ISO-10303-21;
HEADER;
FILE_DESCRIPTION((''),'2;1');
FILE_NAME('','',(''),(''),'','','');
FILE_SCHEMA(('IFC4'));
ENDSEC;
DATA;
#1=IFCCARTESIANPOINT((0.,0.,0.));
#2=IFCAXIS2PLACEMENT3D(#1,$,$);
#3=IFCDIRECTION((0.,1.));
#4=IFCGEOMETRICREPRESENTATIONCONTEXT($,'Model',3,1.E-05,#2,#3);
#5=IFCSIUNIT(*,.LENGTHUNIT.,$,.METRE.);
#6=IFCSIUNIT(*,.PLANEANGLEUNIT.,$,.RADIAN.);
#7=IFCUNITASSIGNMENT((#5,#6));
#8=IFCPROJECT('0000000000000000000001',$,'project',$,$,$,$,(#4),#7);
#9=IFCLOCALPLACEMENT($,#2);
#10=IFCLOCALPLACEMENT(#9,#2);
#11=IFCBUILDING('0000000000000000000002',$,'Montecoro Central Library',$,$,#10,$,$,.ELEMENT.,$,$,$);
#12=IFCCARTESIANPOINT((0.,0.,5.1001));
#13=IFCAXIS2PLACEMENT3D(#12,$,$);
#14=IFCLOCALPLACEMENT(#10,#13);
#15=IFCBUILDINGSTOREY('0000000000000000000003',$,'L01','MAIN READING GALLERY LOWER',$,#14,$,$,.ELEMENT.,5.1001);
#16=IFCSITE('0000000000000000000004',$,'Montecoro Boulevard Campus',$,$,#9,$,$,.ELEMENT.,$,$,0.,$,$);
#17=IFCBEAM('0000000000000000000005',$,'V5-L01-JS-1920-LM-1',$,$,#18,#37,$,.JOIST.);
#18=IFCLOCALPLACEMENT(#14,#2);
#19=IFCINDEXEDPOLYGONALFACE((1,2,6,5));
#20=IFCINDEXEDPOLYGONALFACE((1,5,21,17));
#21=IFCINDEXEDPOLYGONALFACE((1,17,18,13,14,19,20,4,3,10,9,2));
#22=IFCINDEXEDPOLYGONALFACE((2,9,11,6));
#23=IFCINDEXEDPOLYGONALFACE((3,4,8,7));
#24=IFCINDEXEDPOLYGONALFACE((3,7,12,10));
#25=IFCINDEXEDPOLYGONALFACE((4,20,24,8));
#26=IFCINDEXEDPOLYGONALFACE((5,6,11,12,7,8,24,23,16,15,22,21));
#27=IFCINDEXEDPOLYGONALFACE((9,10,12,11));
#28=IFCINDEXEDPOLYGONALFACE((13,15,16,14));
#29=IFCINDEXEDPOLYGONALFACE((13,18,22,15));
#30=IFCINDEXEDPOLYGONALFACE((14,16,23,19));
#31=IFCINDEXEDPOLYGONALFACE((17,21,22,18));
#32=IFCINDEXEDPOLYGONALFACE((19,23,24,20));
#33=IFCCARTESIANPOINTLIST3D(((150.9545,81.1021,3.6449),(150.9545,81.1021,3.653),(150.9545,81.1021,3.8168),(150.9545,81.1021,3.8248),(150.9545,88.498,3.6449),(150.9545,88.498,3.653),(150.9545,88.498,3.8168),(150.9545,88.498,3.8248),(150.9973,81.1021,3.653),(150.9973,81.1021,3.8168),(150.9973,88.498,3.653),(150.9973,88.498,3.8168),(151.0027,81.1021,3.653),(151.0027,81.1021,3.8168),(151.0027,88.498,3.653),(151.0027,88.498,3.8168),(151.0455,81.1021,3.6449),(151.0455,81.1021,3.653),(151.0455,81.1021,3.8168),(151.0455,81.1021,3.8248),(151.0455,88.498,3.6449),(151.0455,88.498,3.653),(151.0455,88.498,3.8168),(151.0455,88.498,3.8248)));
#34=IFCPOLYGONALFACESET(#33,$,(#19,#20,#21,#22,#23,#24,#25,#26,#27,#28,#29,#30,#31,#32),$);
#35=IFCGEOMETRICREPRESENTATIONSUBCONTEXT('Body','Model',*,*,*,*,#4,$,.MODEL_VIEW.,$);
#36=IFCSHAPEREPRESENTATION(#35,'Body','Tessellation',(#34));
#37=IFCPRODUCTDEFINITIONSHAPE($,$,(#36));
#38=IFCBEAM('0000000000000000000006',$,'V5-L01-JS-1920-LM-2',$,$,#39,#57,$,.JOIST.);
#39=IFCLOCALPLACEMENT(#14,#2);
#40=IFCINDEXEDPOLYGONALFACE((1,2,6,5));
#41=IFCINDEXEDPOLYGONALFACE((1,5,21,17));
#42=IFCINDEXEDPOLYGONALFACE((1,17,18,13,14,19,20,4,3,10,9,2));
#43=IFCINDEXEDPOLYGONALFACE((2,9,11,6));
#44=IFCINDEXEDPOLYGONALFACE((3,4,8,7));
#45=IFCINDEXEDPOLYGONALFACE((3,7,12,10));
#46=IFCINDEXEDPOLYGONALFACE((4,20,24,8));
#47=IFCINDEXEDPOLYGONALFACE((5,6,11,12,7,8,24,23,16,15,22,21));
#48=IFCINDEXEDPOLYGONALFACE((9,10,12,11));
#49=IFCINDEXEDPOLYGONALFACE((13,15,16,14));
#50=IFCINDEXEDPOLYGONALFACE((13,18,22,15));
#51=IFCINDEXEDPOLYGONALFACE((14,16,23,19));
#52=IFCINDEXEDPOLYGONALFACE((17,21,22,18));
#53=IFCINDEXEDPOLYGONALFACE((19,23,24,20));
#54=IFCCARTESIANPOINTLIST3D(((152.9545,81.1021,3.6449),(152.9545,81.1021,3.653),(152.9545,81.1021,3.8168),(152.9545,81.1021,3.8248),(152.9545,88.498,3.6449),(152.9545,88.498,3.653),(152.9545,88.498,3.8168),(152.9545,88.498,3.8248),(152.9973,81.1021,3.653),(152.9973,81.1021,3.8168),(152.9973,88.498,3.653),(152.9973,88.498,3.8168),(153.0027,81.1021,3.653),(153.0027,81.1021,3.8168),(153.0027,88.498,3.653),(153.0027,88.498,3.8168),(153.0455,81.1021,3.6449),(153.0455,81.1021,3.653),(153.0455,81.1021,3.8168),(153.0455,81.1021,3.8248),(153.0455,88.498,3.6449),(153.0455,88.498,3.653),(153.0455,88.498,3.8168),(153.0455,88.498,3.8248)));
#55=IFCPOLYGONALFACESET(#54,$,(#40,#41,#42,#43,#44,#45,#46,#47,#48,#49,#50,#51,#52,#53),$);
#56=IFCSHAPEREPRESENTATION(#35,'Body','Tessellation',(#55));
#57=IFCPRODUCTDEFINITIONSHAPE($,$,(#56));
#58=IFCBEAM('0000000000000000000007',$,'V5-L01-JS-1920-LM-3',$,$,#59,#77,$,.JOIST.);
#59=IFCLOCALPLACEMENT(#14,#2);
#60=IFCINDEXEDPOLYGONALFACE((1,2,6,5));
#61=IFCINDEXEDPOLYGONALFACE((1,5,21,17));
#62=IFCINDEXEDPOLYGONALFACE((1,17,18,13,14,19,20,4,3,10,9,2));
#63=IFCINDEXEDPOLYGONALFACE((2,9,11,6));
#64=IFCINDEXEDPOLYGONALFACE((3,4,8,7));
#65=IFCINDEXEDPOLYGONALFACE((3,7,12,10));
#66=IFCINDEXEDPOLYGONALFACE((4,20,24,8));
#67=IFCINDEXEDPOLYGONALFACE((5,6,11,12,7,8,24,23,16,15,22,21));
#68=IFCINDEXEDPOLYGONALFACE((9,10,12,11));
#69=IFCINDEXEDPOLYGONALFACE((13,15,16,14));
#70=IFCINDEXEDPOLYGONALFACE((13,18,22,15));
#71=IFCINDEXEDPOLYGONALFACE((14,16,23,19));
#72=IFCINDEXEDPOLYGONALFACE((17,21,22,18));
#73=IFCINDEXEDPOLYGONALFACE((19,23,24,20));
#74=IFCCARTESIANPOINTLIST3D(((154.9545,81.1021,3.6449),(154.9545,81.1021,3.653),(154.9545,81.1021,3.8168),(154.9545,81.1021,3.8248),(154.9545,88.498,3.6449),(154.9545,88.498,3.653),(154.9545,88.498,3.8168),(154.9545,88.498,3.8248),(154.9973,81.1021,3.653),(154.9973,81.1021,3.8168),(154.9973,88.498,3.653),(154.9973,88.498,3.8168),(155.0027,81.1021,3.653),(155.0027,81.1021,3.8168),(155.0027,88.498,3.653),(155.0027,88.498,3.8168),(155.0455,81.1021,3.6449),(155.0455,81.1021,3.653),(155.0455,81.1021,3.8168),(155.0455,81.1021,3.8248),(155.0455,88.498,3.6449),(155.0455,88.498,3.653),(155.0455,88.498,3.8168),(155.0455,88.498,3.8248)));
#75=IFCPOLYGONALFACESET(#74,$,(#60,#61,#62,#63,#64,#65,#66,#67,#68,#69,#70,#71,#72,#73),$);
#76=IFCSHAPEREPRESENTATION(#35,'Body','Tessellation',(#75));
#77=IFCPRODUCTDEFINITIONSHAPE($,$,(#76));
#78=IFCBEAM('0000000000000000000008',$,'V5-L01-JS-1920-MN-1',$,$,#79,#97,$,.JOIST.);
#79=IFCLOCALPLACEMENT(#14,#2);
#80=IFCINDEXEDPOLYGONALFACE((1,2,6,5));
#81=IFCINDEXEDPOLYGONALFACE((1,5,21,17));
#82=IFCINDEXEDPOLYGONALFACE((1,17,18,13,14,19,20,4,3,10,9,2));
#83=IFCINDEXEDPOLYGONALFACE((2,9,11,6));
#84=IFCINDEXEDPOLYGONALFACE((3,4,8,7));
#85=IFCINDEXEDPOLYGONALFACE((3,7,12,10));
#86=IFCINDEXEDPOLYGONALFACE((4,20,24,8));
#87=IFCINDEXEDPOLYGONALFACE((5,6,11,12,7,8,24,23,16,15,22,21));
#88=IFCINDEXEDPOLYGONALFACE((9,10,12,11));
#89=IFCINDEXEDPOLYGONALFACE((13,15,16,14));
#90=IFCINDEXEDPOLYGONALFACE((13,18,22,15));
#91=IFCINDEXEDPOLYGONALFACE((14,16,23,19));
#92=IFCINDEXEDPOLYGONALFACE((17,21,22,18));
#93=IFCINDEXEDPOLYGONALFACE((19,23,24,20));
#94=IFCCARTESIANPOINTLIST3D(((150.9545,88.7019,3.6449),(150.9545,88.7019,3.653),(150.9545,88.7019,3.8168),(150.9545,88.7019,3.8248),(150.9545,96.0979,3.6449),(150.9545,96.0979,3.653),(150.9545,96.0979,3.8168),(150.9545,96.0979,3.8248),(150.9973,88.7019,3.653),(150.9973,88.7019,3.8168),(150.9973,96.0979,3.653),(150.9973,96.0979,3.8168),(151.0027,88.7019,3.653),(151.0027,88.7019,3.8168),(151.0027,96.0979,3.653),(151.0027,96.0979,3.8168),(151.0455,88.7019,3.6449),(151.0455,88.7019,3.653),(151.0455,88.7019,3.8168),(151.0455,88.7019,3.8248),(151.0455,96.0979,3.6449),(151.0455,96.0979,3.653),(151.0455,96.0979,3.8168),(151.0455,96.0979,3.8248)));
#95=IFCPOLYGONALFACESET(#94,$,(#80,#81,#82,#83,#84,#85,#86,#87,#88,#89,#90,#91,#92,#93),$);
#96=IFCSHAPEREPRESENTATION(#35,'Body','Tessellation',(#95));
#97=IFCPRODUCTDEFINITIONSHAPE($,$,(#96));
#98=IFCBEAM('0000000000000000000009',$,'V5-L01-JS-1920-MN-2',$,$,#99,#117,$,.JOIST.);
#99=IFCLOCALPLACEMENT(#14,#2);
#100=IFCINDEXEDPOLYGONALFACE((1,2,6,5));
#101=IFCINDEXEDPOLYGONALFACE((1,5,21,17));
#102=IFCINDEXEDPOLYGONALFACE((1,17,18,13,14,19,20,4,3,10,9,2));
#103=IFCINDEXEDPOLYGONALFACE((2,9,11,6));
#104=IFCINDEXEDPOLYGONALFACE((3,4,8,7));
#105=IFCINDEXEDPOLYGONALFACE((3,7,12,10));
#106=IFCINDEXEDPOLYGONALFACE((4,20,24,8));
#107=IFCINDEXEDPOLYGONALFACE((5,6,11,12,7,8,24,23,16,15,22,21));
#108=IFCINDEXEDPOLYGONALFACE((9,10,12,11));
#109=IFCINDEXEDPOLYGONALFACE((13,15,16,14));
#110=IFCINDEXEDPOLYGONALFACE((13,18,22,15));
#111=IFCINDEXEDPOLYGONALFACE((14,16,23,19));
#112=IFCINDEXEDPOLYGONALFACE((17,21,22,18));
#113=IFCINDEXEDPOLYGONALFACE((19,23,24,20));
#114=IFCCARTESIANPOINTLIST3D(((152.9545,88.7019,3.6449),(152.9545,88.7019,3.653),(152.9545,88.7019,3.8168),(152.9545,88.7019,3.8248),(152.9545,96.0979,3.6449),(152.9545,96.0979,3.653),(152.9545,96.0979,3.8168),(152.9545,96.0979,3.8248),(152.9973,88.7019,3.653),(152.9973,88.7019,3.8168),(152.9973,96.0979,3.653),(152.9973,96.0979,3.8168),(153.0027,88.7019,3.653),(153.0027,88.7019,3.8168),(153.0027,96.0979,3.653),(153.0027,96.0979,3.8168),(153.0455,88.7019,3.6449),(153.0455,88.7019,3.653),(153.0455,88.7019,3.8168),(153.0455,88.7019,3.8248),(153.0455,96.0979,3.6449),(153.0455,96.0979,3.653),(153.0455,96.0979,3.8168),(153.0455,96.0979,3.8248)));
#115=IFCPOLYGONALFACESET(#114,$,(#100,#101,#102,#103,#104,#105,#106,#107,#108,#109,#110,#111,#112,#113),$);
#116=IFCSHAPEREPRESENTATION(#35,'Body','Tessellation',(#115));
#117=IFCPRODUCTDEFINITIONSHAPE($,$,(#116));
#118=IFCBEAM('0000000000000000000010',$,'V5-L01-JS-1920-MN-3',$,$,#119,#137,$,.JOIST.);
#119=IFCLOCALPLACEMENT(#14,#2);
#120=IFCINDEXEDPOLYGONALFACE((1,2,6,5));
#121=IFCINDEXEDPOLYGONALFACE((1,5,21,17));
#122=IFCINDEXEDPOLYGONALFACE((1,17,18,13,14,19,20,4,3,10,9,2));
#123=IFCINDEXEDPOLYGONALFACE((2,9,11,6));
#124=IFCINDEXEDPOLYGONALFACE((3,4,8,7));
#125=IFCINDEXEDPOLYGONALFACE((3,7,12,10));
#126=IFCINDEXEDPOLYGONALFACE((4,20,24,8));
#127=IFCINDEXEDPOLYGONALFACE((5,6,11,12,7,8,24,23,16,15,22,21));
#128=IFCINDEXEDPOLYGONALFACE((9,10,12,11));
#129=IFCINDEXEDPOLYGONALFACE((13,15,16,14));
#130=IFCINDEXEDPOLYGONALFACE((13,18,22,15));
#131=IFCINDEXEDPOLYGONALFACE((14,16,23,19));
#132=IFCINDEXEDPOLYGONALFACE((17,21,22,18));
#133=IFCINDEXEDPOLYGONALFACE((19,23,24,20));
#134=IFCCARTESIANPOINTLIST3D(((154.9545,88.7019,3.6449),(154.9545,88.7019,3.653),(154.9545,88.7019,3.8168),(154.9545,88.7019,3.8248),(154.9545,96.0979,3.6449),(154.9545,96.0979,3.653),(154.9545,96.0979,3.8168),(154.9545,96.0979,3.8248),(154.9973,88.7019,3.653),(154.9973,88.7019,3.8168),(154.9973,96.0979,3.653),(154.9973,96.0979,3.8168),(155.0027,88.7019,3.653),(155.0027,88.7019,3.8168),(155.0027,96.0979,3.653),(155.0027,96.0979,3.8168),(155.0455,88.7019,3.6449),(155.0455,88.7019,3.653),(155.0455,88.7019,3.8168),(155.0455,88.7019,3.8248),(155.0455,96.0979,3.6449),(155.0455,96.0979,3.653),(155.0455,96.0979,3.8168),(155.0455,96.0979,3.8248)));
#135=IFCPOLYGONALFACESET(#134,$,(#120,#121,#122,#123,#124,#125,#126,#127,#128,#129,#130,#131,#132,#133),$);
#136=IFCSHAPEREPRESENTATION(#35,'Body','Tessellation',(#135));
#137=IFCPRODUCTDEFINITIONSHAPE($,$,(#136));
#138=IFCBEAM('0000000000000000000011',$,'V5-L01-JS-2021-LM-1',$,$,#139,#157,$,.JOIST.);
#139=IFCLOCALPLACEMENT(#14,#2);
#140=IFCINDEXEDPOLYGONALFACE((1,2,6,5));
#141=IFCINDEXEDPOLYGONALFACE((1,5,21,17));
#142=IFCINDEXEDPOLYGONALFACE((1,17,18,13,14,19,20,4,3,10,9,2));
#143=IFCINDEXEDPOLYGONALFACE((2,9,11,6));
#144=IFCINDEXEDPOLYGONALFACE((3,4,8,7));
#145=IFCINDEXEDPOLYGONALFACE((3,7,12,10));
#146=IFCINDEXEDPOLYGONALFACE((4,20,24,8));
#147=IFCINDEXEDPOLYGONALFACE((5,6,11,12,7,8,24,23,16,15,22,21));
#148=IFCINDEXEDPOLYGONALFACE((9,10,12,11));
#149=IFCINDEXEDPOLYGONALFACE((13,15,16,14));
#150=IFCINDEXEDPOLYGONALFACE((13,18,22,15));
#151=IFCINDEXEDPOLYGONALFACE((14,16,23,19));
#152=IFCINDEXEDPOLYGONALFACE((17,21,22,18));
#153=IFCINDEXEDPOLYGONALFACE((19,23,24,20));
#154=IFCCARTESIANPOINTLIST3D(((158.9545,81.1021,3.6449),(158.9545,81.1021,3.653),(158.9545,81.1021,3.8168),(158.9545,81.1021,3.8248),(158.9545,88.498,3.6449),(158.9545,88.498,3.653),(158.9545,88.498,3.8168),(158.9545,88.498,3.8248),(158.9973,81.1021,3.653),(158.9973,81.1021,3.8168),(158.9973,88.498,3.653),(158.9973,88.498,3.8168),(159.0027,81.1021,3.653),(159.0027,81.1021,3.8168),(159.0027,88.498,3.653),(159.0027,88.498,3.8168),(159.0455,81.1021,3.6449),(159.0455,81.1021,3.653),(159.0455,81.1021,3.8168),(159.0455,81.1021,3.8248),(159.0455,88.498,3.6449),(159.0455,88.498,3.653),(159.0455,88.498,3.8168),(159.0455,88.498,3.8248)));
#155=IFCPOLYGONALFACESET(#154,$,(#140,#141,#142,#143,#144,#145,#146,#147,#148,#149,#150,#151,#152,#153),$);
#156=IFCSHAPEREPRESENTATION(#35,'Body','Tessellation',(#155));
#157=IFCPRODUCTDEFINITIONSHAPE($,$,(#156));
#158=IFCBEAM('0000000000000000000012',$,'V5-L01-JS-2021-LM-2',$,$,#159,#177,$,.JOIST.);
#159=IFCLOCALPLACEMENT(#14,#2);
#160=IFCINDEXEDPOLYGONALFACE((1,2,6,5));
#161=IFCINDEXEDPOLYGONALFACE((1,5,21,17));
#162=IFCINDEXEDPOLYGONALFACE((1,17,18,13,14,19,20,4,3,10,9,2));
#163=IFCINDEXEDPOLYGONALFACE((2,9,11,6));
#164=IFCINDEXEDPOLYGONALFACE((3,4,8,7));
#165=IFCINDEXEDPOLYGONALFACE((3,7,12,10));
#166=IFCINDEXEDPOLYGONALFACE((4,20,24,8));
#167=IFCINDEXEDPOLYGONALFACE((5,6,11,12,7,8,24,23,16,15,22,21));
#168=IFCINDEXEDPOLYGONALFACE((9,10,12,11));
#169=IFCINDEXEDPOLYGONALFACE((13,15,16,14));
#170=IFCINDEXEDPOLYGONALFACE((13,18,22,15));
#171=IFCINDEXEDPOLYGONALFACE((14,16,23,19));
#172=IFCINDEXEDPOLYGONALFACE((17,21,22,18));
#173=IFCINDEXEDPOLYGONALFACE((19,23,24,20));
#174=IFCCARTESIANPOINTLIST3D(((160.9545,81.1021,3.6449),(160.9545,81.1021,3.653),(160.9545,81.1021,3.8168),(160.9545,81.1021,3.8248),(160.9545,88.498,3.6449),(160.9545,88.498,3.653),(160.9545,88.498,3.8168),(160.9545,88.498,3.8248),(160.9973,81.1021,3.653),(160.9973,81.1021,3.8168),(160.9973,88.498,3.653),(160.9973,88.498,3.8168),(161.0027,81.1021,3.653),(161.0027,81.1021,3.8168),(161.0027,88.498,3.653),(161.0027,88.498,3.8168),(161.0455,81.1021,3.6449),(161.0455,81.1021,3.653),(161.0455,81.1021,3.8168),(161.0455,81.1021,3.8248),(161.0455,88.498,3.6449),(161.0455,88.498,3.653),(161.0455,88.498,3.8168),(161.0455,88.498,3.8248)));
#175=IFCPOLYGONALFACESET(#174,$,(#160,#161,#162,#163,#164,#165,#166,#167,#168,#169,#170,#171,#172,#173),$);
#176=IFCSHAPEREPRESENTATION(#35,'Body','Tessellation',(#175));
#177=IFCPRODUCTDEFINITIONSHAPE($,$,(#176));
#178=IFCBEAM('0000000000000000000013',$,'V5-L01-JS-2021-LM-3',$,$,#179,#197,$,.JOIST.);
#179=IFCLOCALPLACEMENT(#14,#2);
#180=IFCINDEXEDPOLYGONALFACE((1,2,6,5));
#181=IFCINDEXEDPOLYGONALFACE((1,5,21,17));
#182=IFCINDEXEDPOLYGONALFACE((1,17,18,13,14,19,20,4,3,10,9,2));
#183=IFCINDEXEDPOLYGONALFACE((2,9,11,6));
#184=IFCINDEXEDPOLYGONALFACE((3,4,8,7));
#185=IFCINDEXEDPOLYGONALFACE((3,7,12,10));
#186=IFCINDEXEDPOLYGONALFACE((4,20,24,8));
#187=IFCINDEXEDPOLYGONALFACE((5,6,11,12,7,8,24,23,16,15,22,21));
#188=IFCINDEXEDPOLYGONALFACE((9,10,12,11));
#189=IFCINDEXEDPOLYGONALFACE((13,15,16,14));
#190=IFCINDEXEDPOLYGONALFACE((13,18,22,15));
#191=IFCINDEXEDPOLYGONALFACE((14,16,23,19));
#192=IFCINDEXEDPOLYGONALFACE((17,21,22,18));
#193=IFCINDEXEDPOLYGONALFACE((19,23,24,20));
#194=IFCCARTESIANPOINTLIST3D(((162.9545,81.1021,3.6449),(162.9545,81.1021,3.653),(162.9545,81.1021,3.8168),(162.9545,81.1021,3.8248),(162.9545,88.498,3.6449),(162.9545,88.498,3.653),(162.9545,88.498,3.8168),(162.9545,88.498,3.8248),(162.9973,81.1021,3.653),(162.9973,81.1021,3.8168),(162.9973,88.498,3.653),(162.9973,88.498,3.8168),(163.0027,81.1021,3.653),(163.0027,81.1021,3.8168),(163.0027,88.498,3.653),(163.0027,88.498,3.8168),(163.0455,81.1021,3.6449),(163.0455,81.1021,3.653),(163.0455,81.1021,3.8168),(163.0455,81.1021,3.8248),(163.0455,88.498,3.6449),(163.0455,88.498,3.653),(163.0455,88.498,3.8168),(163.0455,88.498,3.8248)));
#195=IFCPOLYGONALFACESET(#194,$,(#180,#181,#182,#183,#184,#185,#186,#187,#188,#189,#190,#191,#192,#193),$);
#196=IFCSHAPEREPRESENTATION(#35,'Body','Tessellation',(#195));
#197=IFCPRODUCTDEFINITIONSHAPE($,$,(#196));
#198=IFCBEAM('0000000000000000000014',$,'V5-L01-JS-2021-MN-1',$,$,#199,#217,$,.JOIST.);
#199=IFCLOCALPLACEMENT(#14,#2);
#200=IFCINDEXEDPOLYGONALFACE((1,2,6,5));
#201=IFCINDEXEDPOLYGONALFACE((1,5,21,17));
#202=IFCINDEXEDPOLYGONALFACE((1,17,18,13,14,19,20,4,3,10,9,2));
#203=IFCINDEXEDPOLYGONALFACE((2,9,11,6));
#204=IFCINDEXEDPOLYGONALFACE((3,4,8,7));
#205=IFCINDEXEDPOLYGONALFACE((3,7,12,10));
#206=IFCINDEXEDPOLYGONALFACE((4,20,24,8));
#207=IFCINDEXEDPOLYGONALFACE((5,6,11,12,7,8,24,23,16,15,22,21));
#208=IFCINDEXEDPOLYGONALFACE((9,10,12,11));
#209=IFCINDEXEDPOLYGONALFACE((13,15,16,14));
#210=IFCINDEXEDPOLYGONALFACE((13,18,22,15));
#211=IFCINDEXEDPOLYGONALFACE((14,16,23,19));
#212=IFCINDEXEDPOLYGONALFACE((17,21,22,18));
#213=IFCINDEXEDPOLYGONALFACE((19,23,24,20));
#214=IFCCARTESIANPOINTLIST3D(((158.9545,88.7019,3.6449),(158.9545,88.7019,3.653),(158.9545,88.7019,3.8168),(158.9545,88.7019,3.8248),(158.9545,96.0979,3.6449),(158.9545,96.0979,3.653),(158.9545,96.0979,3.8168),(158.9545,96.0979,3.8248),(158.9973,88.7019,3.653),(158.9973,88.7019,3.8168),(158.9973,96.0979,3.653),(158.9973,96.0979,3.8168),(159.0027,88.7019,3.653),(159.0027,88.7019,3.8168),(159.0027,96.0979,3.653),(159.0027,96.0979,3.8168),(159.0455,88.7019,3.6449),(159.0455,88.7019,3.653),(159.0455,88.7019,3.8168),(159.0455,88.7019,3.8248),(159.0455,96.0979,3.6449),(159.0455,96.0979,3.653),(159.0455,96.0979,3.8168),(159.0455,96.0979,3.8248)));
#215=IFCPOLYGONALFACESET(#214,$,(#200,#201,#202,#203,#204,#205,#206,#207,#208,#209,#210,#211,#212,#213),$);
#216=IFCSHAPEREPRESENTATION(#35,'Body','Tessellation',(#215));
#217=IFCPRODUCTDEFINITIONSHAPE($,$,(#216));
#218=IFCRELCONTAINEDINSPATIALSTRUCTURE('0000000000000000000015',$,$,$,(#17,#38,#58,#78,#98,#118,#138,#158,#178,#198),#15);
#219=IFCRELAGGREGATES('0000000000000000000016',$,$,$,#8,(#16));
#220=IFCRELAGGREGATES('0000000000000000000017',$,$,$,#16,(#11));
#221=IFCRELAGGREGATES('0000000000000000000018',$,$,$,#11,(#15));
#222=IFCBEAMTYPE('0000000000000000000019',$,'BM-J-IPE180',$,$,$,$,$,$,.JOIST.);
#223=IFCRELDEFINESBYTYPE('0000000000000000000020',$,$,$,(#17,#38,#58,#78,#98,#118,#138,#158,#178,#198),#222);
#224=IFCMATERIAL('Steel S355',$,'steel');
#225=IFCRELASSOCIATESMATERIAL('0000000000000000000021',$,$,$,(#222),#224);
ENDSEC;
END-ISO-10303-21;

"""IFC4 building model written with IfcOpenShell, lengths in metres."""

from ifc_helpers import new_model, si_unit, direction, frame, origin, origin_2d, place, context, subcontext, project, spatial, i_section, extrude, material, material_profile, profile_set, type_object, element, save


model = new_model("IFC4")

# Units and contexts
model_context = context("Model", 3, precision=1e-05, world=origin(), true_north=direction((0.0, 1.0)))
body_context = subcontext(model_context, "Body", "Model", "MODEL_VIEW")
ifc_project = project(units=[si_unit("LENGTHUNIT", "METRE"), si_unit("PLANEANGLEUNIT", "RADIAN")], contexts=[model_context])

# Site, building, storey
site_placement = place(None, origin())
site = spatial("IfcSite", under=ifc_project, at=site_placement, Name="Montecoro Boulevard Campus", CompositionType="ELEMENT", RefElevation=0.0)
building_placement = place(site_placement, origin())
building = spatial("IfcBuilding", under=site, at=building_placement, Name="Montecoro Central Library", CompositionType="ELEMENT")
storey_placement = place(building_placement, frame((0.0, 0.0, 5.1001)))
storey = spatial("IfcBuildingStorey", under=building, at=storey_placement, Name="L01", Description="MAIN READING GALLERY LOWER", CompositionType="ELEMENT", Elevation=5.1001)

# Beams
ifc_material_1 = material(Name="Steel S355", Category="steel")
ifc_material_profile_1 = material_profile(ifc_material_1, i_section(OverallWidth=0.0911, OverallDepth=0.1799, WebThickness=0.0054, FlangeThickness=0.0081, at=origin_2d()), Name="IPE 180")
ifc_profile_set_1 = profile_set([ifc_material_profile_1], Name="Steel S355")
beam_type_1 = type_object("IfcBeamType", Name="BM-J-IPE180", PredefinedType="JOIST", material=ifc_profile_set_1)
for number, where, z_axis, x_axis, name in (
    (1, (151.0, 81.1021, 3.7349), (0.0, 1.0, 0.0), (-1.0, 0.0, 0.0), "V5-L01-JS-1920-LM-1"),
    (2, (153.0, 81.1021, 3.7349), (0.0, 1.0, 0.0), (-1.0, 0.0, 0.0), "V5-L01-JS-1920-LM-2"),
    (3, (155.0, 81.1021, 3.7349), (0.0, 1.0, 0.0), (-1.0, 0.0, 0.0), "V5-L01-JS-1920-LM-3"),
    (4, (151.0, 88.7019, 3.7349), (0.0, 1.0, 0.0), (-1.0, 0.0, 0.0), "V5-L01-JS-1920-MN-1"),
    (5, (153.0, 88.7019, 3.7349), (0.0, 1.0, 0.0), (-1.0, 0.0, 0.0), "V5-L01-JS-1920-MN-2"),
    (6, (155.0, 88.7019, 3.7349), (0.0, 1.0, 0.0), (-1.0, 0.0, 0.0), "V5-L01-JS-1920-MN-3"),
    (7, (159.0, 81.1021, 3.7349), (0.0, 1.0, 0.0), (-1.0, 0.0, 0.0), "V5-L01-JS-2021-LM-1"),
    (8, (161.0, 81.1021, 3.7349), (0.0, 1.0, 0.0), (-1.0, 0.0, 0.0), "V5-L01-JS-2021-LM-2"),
    (9, (163.0, 81.1021, 3.7349), (0.0, 1.0, 0.0), (-1.0, 0.0, 0.0), "V5-L01-JS-2021-LM-3"),
    (10, (159.0, 88.7019, 3.7349), (0.0, 1.0, 0.0), (-1.0, 0.0, 0.0), "V5-L01-JS-2021-MN-1"),
):
    element("IfcBeam", number, at=place(storey_placement, frame(where, z_axis=z_axis, x_axis=x_axis)), inside=storey, type_object=beam_type_1, Name=name, PredefinedType="JOIST", context=body_context, shape_type="SweptSolid", body=[
        extrude(i_section(OverallWidth=0.0911, OverallDepth=0.1799, WebThickness=0.0054, FlangeThickness=0.0081, at=origin_2d()), origin(), (0.0, 0.0, 1.0), 7.396),
    ])

save(model, "model.ifc")
